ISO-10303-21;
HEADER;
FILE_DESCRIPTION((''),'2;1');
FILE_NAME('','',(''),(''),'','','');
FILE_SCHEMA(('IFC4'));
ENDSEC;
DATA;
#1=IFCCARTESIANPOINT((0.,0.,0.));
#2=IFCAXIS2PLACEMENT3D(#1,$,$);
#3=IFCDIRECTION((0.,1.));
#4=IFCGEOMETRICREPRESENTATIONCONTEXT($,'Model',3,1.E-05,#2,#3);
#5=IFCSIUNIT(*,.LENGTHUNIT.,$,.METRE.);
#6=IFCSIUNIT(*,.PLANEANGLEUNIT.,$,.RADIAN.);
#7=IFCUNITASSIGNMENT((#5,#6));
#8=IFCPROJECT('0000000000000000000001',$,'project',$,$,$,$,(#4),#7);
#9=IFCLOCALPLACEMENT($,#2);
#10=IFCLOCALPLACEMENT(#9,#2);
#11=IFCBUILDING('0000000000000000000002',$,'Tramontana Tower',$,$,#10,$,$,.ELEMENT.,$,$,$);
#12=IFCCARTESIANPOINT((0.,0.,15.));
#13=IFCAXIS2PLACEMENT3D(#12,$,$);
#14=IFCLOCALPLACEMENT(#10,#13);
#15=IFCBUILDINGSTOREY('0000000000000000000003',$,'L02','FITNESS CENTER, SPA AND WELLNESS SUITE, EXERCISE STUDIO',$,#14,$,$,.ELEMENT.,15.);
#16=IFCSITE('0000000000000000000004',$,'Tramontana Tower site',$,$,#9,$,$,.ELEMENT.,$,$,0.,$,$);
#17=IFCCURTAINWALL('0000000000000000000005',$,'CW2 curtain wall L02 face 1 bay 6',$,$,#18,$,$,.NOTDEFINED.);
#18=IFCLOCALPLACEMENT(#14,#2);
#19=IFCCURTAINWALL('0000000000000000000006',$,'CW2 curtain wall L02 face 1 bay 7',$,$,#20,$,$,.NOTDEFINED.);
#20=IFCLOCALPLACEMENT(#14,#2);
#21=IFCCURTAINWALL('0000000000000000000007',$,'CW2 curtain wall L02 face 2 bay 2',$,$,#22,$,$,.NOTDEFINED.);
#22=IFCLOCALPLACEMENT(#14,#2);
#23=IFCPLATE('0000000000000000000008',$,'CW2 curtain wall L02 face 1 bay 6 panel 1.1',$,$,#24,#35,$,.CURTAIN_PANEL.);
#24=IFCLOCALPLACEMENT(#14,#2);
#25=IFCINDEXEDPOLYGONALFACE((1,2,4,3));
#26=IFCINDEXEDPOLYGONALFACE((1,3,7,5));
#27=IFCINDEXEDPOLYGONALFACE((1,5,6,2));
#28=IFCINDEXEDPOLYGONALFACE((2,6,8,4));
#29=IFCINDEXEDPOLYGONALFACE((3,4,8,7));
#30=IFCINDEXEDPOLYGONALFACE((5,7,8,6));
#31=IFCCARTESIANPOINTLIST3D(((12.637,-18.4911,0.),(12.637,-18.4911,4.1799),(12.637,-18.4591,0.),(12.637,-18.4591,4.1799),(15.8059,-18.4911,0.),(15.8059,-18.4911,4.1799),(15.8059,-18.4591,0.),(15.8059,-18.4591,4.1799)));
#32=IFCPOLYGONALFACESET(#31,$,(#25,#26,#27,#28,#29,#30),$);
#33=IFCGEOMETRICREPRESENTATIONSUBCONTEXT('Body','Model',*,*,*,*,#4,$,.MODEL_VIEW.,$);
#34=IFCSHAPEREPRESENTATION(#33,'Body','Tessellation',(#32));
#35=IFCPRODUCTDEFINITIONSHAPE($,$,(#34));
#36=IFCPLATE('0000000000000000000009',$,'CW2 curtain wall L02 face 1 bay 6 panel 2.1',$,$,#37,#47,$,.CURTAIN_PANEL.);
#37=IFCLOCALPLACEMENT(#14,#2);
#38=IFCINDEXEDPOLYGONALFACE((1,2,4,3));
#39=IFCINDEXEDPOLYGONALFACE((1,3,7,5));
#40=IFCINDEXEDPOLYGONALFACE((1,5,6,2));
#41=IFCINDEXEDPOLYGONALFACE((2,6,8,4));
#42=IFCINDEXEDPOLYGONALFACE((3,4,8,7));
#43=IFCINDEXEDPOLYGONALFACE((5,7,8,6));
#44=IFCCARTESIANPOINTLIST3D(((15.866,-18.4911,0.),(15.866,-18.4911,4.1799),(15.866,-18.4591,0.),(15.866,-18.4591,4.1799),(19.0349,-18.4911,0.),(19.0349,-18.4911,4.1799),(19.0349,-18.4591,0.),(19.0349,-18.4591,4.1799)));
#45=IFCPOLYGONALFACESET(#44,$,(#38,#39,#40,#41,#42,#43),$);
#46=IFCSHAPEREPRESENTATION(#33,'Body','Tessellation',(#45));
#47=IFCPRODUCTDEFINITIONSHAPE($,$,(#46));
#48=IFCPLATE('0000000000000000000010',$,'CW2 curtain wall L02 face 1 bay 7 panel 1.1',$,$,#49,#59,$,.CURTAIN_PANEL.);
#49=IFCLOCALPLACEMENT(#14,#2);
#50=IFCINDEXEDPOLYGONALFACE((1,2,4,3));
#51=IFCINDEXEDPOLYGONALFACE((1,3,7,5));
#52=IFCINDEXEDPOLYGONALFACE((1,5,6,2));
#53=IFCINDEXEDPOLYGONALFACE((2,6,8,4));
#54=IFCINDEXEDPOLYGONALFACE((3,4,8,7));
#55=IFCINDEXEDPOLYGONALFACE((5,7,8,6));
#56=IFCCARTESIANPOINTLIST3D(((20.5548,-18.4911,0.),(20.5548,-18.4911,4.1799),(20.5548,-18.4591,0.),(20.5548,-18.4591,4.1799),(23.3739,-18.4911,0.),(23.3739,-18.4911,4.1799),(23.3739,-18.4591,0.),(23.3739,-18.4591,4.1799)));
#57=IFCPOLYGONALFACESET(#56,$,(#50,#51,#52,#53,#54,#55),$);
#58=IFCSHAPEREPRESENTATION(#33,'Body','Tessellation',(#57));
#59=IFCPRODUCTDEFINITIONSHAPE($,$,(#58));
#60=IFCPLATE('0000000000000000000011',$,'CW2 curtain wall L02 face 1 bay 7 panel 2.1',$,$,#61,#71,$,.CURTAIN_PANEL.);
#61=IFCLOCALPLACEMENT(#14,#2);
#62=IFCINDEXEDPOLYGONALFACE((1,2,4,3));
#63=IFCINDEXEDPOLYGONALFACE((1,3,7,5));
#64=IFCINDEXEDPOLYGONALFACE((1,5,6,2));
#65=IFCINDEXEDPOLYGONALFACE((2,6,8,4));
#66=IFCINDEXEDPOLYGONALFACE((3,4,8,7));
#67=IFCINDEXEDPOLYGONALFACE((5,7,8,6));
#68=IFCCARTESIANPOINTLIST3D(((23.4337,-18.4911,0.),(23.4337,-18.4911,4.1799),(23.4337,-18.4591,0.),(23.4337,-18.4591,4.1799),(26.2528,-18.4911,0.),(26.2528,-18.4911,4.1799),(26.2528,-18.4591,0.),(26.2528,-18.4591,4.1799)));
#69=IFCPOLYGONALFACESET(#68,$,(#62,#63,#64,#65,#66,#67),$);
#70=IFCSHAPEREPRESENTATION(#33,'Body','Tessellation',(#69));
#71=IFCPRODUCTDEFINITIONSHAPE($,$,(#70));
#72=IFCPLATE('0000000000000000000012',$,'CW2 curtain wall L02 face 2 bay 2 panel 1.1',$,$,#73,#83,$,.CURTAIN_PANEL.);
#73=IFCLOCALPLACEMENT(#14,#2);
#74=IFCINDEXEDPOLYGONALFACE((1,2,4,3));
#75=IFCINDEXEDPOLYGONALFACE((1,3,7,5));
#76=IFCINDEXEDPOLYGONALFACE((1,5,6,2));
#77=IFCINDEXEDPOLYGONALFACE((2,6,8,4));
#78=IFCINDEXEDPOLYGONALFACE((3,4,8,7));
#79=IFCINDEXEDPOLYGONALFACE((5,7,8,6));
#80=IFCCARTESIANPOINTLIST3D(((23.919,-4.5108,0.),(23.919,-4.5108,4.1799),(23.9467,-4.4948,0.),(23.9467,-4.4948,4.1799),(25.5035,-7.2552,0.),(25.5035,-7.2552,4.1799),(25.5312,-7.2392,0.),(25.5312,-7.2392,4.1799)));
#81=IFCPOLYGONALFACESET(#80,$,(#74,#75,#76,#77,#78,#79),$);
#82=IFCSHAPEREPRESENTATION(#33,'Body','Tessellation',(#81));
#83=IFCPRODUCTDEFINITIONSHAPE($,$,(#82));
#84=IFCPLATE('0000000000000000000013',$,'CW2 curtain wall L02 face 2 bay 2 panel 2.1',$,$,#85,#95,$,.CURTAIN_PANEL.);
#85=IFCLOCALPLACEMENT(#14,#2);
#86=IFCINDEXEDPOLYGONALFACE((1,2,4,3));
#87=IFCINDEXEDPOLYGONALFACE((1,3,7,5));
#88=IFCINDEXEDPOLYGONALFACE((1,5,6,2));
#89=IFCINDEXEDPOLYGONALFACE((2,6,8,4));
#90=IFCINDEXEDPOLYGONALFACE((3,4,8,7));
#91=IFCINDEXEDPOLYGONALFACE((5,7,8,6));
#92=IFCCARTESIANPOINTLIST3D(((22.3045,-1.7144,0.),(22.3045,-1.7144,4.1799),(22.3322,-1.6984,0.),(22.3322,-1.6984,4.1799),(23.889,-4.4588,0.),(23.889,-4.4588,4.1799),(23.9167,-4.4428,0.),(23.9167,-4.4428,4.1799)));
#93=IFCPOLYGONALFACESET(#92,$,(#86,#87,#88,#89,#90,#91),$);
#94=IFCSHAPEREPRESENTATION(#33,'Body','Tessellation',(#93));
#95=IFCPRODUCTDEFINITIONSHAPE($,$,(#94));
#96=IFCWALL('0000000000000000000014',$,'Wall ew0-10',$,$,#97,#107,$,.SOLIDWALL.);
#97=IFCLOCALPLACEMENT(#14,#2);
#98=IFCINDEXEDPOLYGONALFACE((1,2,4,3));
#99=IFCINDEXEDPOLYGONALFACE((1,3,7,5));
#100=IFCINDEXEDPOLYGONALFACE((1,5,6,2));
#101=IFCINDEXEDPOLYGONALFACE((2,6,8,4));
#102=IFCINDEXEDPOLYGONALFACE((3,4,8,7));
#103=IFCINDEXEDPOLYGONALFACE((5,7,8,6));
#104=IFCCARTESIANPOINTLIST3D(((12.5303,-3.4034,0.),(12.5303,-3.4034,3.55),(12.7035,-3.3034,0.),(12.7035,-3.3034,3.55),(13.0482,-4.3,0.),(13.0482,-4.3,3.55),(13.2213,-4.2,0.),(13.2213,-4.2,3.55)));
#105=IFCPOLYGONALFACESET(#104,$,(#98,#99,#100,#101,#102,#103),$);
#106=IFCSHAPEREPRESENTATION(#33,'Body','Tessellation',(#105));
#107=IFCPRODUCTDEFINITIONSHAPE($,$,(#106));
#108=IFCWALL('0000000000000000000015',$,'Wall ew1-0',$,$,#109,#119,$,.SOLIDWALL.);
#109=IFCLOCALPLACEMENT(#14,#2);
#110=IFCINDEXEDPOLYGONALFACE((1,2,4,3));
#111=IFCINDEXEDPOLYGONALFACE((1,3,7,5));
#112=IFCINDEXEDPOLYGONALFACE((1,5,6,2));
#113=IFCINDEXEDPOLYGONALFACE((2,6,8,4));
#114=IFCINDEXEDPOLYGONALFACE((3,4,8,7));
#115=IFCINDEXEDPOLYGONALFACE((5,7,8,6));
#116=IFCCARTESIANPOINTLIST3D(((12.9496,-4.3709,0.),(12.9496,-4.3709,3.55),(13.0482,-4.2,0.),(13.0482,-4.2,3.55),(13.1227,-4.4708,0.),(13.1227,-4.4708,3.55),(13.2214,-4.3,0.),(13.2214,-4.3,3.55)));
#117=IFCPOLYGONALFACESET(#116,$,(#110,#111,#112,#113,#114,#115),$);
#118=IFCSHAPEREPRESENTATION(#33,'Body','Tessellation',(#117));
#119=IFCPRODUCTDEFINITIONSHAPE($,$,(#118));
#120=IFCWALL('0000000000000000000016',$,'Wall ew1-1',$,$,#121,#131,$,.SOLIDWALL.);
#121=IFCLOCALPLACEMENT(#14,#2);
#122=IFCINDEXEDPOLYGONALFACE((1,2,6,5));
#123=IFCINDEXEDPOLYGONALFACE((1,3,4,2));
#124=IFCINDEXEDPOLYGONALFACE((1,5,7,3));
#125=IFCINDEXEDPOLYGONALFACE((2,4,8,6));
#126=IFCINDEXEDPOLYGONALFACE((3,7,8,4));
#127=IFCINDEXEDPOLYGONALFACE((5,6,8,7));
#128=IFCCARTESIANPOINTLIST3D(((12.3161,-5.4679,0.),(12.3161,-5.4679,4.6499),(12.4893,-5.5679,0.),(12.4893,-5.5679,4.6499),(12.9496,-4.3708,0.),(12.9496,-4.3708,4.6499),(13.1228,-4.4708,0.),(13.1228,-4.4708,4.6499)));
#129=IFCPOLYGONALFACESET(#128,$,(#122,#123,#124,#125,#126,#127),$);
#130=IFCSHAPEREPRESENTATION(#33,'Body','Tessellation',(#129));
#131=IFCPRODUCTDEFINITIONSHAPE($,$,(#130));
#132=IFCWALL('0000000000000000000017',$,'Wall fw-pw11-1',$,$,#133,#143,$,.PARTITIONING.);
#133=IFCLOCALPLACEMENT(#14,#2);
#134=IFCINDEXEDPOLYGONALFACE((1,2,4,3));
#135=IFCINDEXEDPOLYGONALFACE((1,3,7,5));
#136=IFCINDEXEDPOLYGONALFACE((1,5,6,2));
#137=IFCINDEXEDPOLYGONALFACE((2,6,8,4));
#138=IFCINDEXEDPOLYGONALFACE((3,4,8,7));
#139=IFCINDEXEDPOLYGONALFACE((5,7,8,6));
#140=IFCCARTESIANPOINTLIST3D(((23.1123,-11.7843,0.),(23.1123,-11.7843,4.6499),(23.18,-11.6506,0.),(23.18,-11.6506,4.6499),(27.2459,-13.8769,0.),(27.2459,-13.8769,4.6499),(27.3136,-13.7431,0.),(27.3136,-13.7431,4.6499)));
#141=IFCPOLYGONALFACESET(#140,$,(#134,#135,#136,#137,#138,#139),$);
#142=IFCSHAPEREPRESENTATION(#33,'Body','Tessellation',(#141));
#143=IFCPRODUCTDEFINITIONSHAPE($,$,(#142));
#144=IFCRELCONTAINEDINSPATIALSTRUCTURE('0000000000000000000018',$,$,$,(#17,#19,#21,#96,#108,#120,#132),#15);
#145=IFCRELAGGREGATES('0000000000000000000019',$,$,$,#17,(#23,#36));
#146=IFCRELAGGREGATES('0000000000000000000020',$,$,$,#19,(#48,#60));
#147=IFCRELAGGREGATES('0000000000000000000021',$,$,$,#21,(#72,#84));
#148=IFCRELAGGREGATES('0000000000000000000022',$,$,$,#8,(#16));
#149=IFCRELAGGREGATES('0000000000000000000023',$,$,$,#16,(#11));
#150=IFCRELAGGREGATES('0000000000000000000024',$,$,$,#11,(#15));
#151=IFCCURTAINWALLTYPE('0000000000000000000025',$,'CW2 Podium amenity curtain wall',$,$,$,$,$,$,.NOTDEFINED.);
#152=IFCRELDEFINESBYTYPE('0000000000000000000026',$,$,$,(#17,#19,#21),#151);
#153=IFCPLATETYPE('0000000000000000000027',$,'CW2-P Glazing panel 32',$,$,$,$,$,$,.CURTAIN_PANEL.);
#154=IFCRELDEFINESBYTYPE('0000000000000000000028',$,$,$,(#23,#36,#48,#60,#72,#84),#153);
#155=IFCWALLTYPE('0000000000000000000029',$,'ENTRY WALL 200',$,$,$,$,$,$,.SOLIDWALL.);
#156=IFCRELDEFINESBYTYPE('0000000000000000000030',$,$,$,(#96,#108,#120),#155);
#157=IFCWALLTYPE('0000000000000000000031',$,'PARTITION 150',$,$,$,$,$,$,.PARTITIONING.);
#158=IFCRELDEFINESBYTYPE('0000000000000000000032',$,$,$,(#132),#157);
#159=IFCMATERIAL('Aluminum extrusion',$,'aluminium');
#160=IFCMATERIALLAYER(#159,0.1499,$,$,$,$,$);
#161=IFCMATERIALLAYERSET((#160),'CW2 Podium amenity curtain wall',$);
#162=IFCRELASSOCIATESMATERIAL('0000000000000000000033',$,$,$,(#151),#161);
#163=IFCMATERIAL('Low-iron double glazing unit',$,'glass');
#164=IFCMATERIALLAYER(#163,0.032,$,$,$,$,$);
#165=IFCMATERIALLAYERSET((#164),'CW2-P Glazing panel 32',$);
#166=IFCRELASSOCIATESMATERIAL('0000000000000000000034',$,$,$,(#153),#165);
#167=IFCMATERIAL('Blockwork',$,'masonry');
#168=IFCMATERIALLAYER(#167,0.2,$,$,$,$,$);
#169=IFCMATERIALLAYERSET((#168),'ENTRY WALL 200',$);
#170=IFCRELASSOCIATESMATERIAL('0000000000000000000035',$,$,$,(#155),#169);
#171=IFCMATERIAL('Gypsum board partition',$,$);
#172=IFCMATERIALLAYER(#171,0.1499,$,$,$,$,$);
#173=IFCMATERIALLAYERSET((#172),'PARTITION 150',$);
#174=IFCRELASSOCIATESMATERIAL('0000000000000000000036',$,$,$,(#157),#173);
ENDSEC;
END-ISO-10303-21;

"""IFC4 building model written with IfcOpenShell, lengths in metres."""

from ifc_helpers import new_model, si_unit, direction, frame, frame_2d, origin, origin_2d, place, context, subcontext, project, spatial, rectangle, extrude, material, layer, layer_set, type_object, element, aggregate, save


model = new_model("IFC4")

# Units and contexts
model_context = context("Model", 3, precision=1e-05, world=origin(), true_north=direction((0.0, 1.0)))
body_context = subcontext(model_context, "Body", "Model", "MODEL_VIEW")
ifc_project = project(units=[si_unit("LENGTHUNIT", "METRE"), si_unit("PLANEANGLEUNIT", "RADIAN")], contexts=[model_context])

# Site, building, storey
site_placement = place(None, origin())
site = spatial("IfcSite", under=ifc_project, at=site_placement, Name="Tramontana Tower site", CompositionType="ELEMENT", RefElevation=0.0)
building_placement = place(site_placement, origin())
building = spatial("IfcBuilding", under=site, at=building_placement, Name="Tramontana Tower", CompositionType="ELEMENT")
storey_placement = place(building_placement, frame((0.0, 0.0, 15.0)))
storey = spatial("IfcBuildingStorey", under=building, at=storey_placement, Name="L02", Description="FITNESS CENTER, SPA AND WELLNESS SUITE, EXERCISE STUDIO", CompositionType="ELEMENT", Elevation=15.0)

# Curtain walls
ifc_material_1 = material(Name="Aluminum extrusion", Category="aluminium")
ifc_layer_1 = layer(ifc_material_1, 0.1499)
ifc_layer_set_1 = layer_set([ifc_layer_1], Name="CW2 Podium amenity curtain wall")
curtain_wall_type = type_object("IfcCurtainWallType", Name="CW2 Podium amenity curtain wall", PredefinedType="NOTDEFINED", material=ifc_layer_set_1)
curtain_wall_1_placement = place(storey_placement, origin())
curtain_wall_1 = element("IfcCurtainWall", 1, at=curtain_wall_1_placement, inside=storey, type_object=curtain_wall_type, Name="CW2 curtain wall L02 face 1 bay 6", PredefinedType="NOTDEFINED")
curtain_wall_2_placement = place(storey_placement, origin())
curtain_wall_2 = element("IfcCurtainWall", 2, at=curtain_wall_2_placement, inside=storey, type_object=curtain_wall_type, Name="CW2 curtain wall L02 face 1 bay 7", PredefinedType="NOTDEFINED")
curtain_wall_3_placement = place(storey_placement, origin())
curtain_wall_3 = element("IfcCurtainWall", 3, at=curtain_wall_3_placement, inside=storey, type_object=curtain_wall_type, Name="CW2 curtain wall L02 face 2 bay 2", PredefinedType="NOTDEFINED")

# Plates
ifc_material_2 = material(Name="Low-iron double glazing unit", Category="glass")
ifc_layer_2 = layer(ifc_material_2, 0.032)
ifc_layer_set_2 = layer_set([ifc_layer_2], Name="CW2-P Glazing panel 32")
plate_type = type_object("IfcPlateType", Name="CW2-P Glazing panel 32", PredefinedType="CURTAIN_PANEL", material=ifc_layer_set_2)
plate_1_placement = place(storey_placement, frame((14.2214, -18.4751, 0.0), z_axis=(0.0, 0.0, 1.0), x_axis=(1.0, 0.0, 0.0)))
plate_1 = element("IfcPlate", 4, at=plate_1_placement, type_object=plate_type, Name="CW2 curtain wall L02 face 1 bay 6 panel 1.1", PredefinedType="CURTAIN_PANEL", context=body_context, shape_type="SweptSolid", body=[
    extrude(rectangle(XDim=3.1689, YDim=0.032, at=origin_2d()), origin(), (0.0, 0.0, 1.0), 4.1799),
])
plate_2_placement = place(storey_placement, frame((17.4504, -18.4751, 0.0), z_axis=(0.0, 0.0, 1.0), x_axis=(1.0, 0.0, 0.0)))
plate_2 = element("IfcPlate", 5, at=plate_2_placement, type_object=plate_type, Name="CW2 curtain wall L02 face 1 bay 6 panel 2.1", PredefinedType="CURTAIN_PANEL", context=body_context, shape_type="SweptSolid", body=[
    extrude(rectangle(XDim=3.1689, YDim=0.032, at=origin_2d()), origin(), (0.0, 0.0, 1.0), 4.1799),
])
aggregate(curtain_wall_1, [plate_1, plate_2])
plate_3_placement = place(storey_placement, frame((21.9644, -18.4751, 0.0), z_axis=(0.0, 0.0, 1.0), x_axis=(1.0, 0.0, 0.0)))
plate_3 = element("IfcPlate", 6, at=plate_3_placement, type_object=plate_type, Name="CW2 curtain wall L02 face 1 bay 7 panel 1.1", PredefinedType="CURTAIN_PANEL", context=body_context, shape_type="SweptSolid", body=[
    extrude(rectangle(XDim=2.8191, YDim=0.032, at=origin_2d()), origin(), (0.0, 0.0, 1.0), 4.1799),
])
plate_4_placement = place(storey_placement, frame((24.8433, -18.4751, 0.0), z_axis=(0.0, 0.0, 1.0), x_axis=(1.0, 0.0, 0.0)))
plate_4 = element("IfcPlate", 7, at=plate_4_placement, type_object=plate_type, Name="CW2 curtain wall L02 face 1 bay 7 panel 2.1", PredefinedType="CURTAIN_PANEL", context=body_context, shape_type="SweptSolid", body=[
    extrude(rectangle(XDim=2.8191, YDim=0.032, at=origin_2d()), origin(), (0.0, 0.0, 1.0), 4.1799),
])
aggregate(curtain_wall_2, [plate_3, plate_4])
plate_5_placement = place(storey_placement, frame((24.7251, -5.875, 0.0), z_axis=(0.0, 0.0, 1.0), x_axis=(-0.5, 0.866025, 0.0)))
plate_5 = element("IfcPlate", 8, at=plate_5_placement, type_object=plate_type, Name="CW2 curtain wall L02 face 2 bay 2 panel 1.1", PredefinedType="CURTAIN_PANEL", context=body_context, shape_type="SweptSolid", body=[
    extrude(rectangle(XDim=3.1689, YDim=0.032, at=origin_2d()), origin(), (0.0, 0.0, 1.0), 4.1799),
])
plate_6_placement = place(storey_placement, frame((23.1106, -3.0786, 0.0), z_axis=(0.0, 0.0, 1.0), x_axis=(-0.5, 0.866025, 0.0)))
plate_6 = element("IfcPlate", 9, at=plate_6_placement, type_object=plate_type, Name="CW2 curtain wall L02 face 2 bay 2 panel 2.1", PredefinedType="CURTAIN_PANEL", context=body_context, shape_type="SweptSolid", body=[
    extrude(rectangle(XDim=3.1689, YDim=0.032, at=origin_2d()), origin(), (0.0, 0.0, 1.0), 4.1799),
])
aggregate(curtain_wall_3, [plate_5, plate_6])

# Walls
ifc_material_3 = material(Name="Blockwork", Category="masonry")
ifc_layer_3 = layer(ifc_material_3, 0.2)
ifc_layer_set_3 = layer_set([ifc_layer_3], Name="ENTRY WALL 200")
wall_type_1 = type_object("IfcWallType", Name="ENTRY WALL 200", PredefinedType="SOLIDWALL", material=ifc_layer_set_3)
wall_1_placement = place(storey_placement, frame((12.6169, -3.3535, 0.0), z_axis=(0.0, 0.0, 1.0), x_axis=(0.500172, -0.865926, 0.0)))
element("IfcWall", 10, at=wall_1_placement, inside=storey, type_object=wall_type_1, Name="Wall ew0-10", PredefinedType="SOLIDWALL", context=body_context, shape_type="SweptSolid", body=[
    extrude(rectangle(XDim=1.0354, YDim=0.2, at=frame_2d((0.5176, 0.0))), origin(), (0.0, 0.0, 1.0), 3.55),
])
wall_2_placement = place(storey_placement, frame((13.1348, -4.25, 0.0), z_axis=(0.0, 0.0, 1.0), x_axis=(-0.499865, -0.866103, 0.0)))
element("IfcWall", 11, at=wall_2_placement, inside=storey, type_object=wall_type_1, Name="Wall ew1-0", PredefinedType="SOLIDWALL", context=body_context, shape_type="SweptSolid", body=[
    extrude(rectangle(XDim=0.1973, YDim=0.2, at=frame_2d((0.0986, 0.0))), origin(), (0.0, 0.0, 1.0), 3.55),
])
wall_3_placement = place(storey_placement, frame((13.0361, -4.4209, 0.0), z_axis=(0.0, 0.0, 1.0), x_axis=(-0.500056, -0.865993, 0.0)))
element("IfcWall", 12, at=wall_3_placement, inside=storey, type_object=wall_type_1, Name="Wall ew1-1", PredefinedType="SOLIDWALL", context=body_context, shape_type="SweptSolid", body=[
    extrude(rectangle(XDim=1.2668, YDim=0.2, at=frame_2d((0.6333, 0.0))), origin(), (0.0, 0.0, 1.0), 4.6499),
])
ifc_material_4 = material(Name="Gypsum board partition")
ifc_layer_4 = layer(ifc_material_4, 0.1499)
ifc_layer_set_4 = layer_set([ifc_layer_4], Name="PARTITION 150")
wall_type_2 = type_object("IfcWallType", Name="PARTITION 150", PredefinedType="PARTITIONING", material=ifc_layer_set_4)
wall_4_placement = place(storey_placement, frame((23.1462, -11.7175, 0.0), z_axis=(0.0, 0.0, 1.0), x_axis=(0.892192, -0.451656, 0.0)))
element("IfcWall", 13, at=wall_4_placement, inside=storey, type_object=wall_type_2, Name="Wall fw-pw11-1", PredefinedType="PARTITIONING", context=body_context, shape_type="SweptSolid", body=[
    extrude(rectangle(XDim=4.6331, YDim=0.1499, at=frame_2d((2.3164, 0.0))), origin(), (0.0, 0.0, 1.0), 4.6499),
])

save(model, "model.ifc")
